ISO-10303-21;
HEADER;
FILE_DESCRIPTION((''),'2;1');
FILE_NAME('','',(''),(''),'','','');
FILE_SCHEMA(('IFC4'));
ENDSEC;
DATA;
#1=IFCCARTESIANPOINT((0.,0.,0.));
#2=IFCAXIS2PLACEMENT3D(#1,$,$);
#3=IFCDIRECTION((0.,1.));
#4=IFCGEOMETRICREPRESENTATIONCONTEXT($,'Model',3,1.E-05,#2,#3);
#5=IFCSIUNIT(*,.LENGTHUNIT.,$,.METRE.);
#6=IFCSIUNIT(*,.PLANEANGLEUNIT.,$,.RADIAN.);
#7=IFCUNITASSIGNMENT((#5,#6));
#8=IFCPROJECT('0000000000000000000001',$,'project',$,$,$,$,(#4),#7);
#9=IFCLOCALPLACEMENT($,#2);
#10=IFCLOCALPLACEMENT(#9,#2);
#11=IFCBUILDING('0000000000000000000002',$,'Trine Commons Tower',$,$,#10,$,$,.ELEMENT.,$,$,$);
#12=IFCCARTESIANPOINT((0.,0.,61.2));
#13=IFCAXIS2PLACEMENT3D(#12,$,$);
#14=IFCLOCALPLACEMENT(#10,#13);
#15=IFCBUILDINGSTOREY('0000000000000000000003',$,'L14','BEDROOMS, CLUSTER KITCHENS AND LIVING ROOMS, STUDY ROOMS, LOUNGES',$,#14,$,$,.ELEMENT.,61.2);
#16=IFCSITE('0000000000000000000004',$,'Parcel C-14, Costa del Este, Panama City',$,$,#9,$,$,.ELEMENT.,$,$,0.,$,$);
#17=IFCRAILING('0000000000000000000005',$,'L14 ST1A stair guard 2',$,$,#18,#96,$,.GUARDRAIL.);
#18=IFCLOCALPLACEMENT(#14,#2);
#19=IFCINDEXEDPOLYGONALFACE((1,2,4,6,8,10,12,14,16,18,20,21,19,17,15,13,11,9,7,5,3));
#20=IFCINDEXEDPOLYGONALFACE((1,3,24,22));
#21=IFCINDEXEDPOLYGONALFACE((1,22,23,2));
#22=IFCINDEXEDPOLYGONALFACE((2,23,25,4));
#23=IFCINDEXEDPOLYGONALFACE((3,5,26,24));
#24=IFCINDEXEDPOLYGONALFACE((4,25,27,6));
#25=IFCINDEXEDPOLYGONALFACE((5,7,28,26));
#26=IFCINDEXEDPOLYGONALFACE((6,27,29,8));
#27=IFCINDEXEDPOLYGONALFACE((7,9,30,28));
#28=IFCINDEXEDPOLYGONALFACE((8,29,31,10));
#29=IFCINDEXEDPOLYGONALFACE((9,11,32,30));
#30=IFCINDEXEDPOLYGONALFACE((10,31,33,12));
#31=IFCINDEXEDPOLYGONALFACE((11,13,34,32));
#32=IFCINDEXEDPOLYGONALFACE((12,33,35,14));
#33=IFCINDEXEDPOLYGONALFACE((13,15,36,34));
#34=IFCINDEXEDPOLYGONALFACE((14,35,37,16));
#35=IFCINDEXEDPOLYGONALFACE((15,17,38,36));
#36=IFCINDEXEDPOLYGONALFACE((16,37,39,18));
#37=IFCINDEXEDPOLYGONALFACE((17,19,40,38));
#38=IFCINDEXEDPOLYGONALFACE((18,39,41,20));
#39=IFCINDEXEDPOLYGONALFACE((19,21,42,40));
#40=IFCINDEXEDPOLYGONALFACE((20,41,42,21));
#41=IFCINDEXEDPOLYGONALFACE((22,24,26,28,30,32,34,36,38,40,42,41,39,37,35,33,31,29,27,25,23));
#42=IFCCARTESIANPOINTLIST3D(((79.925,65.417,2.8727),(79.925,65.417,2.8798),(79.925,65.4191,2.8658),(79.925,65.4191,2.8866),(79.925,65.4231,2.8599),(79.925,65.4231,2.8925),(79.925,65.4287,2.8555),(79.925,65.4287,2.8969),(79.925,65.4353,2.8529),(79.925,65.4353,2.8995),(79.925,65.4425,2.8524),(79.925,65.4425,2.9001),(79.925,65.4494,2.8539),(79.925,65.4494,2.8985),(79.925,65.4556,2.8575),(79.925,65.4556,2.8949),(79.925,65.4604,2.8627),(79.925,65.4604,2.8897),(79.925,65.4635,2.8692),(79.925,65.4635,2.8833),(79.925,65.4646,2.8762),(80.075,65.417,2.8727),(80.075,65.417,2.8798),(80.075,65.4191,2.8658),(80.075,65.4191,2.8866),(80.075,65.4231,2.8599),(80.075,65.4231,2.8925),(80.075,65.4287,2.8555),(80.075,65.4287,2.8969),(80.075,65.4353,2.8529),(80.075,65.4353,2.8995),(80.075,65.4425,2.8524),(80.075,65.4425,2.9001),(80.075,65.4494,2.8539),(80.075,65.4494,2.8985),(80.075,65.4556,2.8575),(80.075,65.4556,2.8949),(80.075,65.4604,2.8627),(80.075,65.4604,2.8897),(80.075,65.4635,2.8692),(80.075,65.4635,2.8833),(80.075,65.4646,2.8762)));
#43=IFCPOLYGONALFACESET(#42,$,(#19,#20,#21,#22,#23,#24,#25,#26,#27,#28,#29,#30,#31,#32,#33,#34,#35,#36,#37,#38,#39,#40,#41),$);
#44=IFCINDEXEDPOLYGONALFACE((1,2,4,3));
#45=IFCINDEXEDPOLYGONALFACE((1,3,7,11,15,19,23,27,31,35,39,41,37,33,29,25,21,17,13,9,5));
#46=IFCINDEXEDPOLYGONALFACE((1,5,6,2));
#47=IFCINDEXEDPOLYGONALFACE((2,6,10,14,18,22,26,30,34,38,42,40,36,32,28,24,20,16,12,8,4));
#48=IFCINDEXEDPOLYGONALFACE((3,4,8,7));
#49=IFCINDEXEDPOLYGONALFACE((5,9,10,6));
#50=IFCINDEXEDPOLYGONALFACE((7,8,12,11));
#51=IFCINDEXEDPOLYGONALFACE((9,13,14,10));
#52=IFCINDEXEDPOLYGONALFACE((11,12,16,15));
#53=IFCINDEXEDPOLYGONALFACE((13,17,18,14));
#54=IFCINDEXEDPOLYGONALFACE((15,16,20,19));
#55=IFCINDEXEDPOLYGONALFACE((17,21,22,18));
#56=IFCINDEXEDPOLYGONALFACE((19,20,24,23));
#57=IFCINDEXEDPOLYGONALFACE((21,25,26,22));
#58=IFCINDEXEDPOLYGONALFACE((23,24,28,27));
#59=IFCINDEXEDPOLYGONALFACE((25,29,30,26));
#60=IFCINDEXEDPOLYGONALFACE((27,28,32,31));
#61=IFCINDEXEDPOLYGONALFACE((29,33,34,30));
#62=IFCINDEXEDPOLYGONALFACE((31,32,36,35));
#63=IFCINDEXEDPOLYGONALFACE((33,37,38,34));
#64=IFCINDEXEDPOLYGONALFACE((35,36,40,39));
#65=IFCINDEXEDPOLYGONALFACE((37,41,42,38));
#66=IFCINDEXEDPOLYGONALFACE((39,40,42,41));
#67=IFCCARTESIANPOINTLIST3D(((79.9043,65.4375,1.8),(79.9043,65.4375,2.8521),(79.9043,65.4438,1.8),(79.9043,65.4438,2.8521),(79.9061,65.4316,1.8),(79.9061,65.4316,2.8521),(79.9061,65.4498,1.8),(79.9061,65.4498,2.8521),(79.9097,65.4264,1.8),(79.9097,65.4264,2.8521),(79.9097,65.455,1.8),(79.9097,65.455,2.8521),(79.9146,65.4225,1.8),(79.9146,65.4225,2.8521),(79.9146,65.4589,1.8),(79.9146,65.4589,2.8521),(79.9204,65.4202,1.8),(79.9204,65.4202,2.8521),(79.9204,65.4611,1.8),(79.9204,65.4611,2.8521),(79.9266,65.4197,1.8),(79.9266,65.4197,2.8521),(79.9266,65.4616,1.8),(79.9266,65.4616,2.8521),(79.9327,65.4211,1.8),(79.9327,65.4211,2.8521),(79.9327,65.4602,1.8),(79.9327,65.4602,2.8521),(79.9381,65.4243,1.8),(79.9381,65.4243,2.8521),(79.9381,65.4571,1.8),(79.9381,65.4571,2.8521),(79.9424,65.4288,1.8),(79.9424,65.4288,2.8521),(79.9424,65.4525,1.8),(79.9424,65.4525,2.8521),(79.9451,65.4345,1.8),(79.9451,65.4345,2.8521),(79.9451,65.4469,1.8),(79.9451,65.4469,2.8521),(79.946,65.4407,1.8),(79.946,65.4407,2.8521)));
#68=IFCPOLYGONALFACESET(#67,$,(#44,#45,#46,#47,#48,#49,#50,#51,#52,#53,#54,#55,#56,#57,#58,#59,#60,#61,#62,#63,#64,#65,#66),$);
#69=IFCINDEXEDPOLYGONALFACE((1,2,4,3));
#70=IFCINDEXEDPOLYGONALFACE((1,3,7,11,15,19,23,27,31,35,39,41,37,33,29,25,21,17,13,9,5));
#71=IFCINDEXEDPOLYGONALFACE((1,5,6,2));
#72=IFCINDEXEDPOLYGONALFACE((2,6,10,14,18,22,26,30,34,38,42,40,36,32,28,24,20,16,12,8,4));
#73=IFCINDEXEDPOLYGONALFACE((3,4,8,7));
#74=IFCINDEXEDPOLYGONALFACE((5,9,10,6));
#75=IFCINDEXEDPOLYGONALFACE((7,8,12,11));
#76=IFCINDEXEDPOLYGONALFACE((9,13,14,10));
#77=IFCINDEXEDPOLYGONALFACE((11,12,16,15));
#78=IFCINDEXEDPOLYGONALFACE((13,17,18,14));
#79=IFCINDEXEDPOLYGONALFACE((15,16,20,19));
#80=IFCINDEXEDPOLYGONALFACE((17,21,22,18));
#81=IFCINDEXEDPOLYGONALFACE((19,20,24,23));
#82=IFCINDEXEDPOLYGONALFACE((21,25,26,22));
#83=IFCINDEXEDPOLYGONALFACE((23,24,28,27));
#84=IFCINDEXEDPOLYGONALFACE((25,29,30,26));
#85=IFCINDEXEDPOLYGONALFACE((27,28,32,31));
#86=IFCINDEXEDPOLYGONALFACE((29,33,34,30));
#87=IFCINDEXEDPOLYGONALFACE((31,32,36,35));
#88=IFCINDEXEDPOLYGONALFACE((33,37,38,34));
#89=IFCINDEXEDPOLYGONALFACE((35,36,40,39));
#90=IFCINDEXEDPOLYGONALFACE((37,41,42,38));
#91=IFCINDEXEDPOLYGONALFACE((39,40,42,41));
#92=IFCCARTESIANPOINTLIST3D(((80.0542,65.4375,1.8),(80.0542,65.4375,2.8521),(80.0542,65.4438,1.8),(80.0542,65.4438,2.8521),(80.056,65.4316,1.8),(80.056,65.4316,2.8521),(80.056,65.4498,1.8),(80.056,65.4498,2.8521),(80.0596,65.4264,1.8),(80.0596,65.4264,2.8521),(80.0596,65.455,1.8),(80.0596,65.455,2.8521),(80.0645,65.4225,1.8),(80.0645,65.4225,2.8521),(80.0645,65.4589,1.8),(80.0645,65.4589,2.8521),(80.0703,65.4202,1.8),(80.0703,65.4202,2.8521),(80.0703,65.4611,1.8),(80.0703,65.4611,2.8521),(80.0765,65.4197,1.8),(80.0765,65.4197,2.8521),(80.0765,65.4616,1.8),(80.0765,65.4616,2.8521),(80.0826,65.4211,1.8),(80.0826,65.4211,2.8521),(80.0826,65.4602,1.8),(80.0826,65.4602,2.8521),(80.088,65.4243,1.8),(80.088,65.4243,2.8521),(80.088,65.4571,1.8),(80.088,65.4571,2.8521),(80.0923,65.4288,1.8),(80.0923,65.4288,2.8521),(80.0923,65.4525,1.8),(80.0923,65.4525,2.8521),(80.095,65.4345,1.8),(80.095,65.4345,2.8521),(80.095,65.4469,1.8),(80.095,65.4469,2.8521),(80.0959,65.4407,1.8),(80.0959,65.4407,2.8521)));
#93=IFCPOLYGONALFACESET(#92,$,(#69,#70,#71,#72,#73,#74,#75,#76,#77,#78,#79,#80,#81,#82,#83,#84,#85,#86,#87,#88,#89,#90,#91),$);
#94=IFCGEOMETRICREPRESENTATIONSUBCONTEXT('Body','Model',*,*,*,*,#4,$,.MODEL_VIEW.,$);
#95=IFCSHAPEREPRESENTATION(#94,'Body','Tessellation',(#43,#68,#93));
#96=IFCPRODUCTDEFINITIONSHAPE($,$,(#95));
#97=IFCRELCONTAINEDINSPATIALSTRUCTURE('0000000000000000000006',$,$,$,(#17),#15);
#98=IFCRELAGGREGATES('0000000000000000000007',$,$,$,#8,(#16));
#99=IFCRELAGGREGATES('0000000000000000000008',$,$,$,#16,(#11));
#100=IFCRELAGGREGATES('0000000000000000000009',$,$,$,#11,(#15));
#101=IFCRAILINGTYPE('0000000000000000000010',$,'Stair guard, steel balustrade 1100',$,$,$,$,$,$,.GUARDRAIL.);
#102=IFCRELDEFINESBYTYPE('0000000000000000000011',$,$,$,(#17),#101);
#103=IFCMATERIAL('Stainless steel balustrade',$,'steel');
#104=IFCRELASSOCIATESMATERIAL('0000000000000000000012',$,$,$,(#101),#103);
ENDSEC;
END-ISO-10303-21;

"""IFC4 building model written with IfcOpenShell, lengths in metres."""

from ifc_helpers import new_model, si_unit, direction, frame, origin, origin_2d, place, context, subcontext, project, spatial, circle, extrude, material, type_object, element, save


model = new_model("IFC4")

# Units and contexts
model_context = context("Model", 3, precision=1e-05, world=origin(), true_north=direction((0.0, 1.0)))
body_context = subcontext(model_context, "Body", "Model", "MODEL_VIEW")
ifc_project = project(units=[si_unit("LENGTHUNIT", "METRE"), si_unit("PLANEANGLEUNIT", "RADIAN")], contexts=[model_context])

# Site, building, storey
site_placement = place(None, origin())
site = spatial("IfcSite", under=ifc_project, at=site_placement, Name="Parcel C-14, Costa del Este, Panama City", CompositionType="ELEMENT", RefElevation=0.0)
building_placement = place(site_placement, origin())
building = spatial("IfcBuilding", under=site, at=building_placement, Name="Trine Commons Tower", CompositionType="ELEMENT")
storey_placement = place(building_placement, frame((0.0, 0.0, 61.2)))
storey = spatial("IfcBuildingStorey", under=building, at=storey_placement, Name="L14", Description="BEDROOMS, CLUSTER KITCHENS AND LIVING ROOMS, STUDY ROOMS, LOUNGES", CompositionType="ELEMENT", Elevation=61.2)

# Railing
ifc_material_1 = material(Name="Stainless steel balustrade", Category="steel")
railing_type_1 = type_object("IfcRailingType", Name="Stair guard, steel balustrade 1100", PredefinedType="GUARDRAIL", material=ifc_material_1)
railing_1_placement = place(storey_placement, frame((79.925, 65.4407, 1.8)))
element("IfcRailing", 1, at=railing_1_placement, inside=storey, type_object=railing_type_1, Name="L14 ST1A stair guard 2", PredefinedType="GUARDRAIL", context=body_context, shape_type="SweptSolid", body=[
    extrude(circle(Radius=0.0239, at=origin_2d()), frame((0.0, 0.0, 1.0762), z_axis=(1.0, 0.0, 0.0), x_axis=(0.0, 1.0, 0.0)), (0.0, 0.0, 1.0), 0.1499),
    extrude(circle(Radius=0.021, at=origin_2d()), origin(), (0.0, 0.0, 1.0), 1.052),
    extrude(circle(Radius=0.021, at=origin_2d()), frame((0.1499, 0.0, 0.0)), (0.0, 0.0, 1.0), 1.052),
])

save(model, "model.ifc")
